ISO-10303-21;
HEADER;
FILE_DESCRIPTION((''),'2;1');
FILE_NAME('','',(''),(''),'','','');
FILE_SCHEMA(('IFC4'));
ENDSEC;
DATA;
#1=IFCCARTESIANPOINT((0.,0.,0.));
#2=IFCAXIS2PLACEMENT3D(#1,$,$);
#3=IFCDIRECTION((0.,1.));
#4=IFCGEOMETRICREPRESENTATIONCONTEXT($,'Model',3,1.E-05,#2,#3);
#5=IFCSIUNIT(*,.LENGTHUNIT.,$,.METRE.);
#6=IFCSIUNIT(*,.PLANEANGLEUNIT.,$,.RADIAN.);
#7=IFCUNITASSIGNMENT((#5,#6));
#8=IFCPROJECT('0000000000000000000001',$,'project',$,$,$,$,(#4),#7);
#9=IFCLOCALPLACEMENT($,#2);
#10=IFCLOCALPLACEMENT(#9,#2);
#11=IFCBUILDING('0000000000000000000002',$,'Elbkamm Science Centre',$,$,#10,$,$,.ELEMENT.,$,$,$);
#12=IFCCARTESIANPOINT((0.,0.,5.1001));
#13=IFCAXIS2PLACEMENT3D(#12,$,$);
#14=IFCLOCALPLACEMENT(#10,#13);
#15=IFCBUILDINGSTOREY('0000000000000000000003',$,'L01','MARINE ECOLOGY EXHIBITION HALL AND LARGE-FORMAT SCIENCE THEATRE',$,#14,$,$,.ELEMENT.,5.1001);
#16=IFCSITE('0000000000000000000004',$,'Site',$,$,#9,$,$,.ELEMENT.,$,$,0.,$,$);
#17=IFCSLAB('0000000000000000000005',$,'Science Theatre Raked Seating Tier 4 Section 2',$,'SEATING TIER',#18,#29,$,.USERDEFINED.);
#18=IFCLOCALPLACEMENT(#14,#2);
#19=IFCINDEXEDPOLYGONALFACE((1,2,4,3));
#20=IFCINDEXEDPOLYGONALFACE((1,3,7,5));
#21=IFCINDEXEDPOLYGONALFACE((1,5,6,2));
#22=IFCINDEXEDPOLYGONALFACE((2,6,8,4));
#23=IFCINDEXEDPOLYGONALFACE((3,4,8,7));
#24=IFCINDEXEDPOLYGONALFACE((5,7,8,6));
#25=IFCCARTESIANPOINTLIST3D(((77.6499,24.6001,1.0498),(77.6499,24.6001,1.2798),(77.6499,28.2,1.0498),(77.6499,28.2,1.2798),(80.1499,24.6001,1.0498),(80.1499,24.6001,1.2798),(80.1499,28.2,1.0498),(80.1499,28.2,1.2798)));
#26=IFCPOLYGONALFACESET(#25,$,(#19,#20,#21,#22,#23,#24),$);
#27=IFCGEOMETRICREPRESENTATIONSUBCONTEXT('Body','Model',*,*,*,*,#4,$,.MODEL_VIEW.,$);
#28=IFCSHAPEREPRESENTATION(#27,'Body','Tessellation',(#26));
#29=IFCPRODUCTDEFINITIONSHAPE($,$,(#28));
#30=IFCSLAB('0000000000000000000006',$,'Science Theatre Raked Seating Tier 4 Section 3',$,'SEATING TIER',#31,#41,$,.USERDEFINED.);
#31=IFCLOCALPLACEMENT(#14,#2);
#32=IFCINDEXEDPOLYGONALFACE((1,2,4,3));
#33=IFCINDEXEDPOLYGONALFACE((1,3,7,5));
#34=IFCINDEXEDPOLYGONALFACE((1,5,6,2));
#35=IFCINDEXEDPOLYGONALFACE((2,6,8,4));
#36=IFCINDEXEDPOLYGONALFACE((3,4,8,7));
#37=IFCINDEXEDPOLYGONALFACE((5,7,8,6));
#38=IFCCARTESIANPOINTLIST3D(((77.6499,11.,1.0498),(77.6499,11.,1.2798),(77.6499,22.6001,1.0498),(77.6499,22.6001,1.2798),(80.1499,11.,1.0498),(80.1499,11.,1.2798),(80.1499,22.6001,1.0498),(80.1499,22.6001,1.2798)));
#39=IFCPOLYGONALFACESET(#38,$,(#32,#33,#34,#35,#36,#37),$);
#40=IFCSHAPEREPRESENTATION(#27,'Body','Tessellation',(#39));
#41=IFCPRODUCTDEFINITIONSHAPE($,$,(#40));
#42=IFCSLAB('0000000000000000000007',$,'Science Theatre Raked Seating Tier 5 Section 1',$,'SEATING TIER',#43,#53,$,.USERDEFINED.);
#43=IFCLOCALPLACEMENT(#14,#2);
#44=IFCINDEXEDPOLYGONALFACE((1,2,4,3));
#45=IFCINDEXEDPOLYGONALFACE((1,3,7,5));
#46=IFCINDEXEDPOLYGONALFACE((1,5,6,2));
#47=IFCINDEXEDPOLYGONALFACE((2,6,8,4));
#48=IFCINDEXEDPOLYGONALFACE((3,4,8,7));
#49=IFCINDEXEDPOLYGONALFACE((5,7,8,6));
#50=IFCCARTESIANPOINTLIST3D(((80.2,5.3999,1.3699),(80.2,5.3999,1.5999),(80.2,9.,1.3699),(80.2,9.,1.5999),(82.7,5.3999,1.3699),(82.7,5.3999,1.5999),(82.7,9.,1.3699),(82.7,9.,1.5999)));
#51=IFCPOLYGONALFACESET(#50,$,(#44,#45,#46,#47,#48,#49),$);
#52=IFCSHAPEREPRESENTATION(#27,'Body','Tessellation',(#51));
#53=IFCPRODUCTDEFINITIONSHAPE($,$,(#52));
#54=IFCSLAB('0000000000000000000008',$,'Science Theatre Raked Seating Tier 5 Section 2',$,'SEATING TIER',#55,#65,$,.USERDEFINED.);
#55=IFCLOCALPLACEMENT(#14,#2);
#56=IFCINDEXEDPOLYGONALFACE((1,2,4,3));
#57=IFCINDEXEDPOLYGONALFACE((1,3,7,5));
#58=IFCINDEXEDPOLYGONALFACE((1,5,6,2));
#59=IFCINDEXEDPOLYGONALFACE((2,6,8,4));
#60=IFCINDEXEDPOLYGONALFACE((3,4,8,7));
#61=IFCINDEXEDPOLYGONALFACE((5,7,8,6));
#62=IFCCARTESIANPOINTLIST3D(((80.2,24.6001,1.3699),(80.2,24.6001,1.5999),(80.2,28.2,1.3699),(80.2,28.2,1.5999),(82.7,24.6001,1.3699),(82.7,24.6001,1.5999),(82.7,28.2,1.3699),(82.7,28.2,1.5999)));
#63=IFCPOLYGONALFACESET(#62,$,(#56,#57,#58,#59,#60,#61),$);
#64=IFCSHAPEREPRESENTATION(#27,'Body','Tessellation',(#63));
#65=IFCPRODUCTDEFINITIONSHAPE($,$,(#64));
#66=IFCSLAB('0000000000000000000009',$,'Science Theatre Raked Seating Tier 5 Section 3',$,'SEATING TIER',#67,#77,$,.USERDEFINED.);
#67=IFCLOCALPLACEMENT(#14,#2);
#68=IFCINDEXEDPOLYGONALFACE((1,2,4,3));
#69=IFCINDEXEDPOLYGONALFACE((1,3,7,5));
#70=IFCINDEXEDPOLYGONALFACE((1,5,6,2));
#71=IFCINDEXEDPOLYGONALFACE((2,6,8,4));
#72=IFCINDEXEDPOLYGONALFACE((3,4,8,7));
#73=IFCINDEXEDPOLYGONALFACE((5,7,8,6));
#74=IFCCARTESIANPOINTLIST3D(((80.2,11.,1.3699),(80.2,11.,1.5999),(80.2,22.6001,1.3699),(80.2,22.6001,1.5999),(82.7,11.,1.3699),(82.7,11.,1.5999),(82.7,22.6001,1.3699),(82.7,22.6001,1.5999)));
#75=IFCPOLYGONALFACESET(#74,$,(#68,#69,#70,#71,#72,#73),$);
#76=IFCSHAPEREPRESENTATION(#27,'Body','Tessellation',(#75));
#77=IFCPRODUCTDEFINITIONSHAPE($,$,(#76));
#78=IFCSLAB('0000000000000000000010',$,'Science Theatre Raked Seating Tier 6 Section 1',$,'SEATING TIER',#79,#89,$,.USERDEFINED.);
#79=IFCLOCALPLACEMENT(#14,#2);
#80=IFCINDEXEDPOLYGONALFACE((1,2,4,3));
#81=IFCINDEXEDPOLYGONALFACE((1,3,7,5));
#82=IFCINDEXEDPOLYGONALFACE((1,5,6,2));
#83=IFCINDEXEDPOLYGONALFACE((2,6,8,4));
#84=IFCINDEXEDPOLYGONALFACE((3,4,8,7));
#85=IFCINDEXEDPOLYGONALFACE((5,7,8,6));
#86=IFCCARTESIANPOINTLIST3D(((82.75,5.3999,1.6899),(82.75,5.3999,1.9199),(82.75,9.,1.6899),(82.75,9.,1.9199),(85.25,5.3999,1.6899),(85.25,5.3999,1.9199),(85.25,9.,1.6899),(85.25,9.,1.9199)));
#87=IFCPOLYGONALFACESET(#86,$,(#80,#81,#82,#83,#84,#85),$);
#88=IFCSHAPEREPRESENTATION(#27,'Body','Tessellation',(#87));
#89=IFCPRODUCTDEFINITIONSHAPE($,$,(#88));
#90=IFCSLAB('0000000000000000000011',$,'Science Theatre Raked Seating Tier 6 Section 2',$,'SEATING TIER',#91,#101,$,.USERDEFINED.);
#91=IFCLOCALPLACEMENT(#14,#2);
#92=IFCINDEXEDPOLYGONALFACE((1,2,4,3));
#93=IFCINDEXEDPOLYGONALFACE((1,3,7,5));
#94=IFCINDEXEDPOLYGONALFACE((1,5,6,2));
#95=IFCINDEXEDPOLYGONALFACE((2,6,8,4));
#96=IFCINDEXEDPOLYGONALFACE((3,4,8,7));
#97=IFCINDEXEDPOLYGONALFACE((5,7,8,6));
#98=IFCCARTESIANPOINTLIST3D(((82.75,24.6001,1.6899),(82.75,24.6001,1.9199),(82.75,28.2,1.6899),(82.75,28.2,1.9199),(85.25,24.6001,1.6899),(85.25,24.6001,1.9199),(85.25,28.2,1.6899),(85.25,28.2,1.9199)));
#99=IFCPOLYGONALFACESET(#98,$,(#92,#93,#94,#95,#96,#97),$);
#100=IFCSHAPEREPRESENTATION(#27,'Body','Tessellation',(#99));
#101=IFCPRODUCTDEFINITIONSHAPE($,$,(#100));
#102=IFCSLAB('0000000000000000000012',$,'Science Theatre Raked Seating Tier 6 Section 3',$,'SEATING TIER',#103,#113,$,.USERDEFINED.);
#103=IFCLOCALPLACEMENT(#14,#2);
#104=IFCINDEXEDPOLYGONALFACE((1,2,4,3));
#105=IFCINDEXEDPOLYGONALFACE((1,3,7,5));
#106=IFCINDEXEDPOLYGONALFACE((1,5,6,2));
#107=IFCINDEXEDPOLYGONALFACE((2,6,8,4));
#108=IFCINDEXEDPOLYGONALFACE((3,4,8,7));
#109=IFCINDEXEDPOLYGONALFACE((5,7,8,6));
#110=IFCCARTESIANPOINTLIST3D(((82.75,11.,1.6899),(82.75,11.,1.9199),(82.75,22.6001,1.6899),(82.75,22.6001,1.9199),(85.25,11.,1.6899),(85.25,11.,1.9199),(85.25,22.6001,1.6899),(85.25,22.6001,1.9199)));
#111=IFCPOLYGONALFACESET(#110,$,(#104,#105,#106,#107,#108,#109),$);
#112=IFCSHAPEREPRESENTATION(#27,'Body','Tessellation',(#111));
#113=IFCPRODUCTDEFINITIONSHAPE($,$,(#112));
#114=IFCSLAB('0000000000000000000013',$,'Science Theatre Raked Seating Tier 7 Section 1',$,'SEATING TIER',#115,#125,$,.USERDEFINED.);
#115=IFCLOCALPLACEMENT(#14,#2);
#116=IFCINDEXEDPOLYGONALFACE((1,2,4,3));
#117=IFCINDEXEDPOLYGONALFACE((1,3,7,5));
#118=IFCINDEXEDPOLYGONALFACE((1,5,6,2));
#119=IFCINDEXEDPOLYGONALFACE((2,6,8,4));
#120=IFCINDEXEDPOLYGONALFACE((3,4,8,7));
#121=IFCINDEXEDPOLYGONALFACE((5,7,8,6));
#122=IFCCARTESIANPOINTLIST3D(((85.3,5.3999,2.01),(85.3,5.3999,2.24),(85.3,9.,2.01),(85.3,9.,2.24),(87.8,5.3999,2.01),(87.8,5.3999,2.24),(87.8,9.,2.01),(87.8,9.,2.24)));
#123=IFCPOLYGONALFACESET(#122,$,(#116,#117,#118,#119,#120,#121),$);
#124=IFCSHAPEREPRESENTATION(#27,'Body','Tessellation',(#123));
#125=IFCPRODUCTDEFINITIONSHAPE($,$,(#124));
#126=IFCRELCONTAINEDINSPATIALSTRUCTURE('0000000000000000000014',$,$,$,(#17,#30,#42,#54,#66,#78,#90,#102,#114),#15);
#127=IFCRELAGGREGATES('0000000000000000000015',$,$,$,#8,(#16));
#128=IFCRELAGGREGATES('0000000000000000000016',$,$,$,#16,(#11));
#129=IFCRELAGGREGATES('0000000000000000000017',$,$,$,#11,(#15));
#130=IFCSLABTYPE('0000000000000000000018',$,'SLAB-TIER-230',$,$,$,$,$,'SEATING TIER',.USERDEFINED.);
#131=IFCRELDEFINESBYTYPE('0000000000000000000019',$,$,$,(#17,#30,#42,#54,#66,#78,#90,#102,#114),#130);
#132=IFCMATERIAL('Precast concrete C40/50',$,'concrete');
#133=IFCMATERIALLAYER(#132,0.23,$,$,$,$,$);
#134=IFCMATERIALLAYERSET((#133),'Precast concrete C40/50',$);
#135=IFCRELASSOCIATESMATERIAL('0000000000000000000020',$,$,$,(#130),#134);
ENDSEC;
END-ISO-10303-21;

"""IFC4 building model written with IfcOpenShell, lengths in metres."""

from ifc_helpers import new_model, si_unit, direction, frame, origin, place, context, subcontext, project, spatial, polyline, outline, extrude, material, layer, layer_set, type_object, element, save


model = new_model("IFC4")

# Units and contexts
model_context = context("Model", 3, precision=1e-05, world=origin(), true_north=direction((0.0, 1.0)))
body_context = subcontext(model_context, "Body", "Model", "MODEL_VIEW")
ifc_project = project(units=[si_unit("LENGTHUNIT", "METRE"), si_unit("PLANEANGLEUNIT", "RADIAN")], contexts=[model_context])

# Site, building, storey
site_placement = place(None, origin())
site = spatial("IfcSite", under=ifc_project, at=site_placement, Name="Site", CompositionType="ELEMENT", RefElevation=0.0)
building_placement = place(site_placement, origin())
building = spatial("IfcBuilding", under=site, at=building_placement, Name="Elbkamm Science Centre", CompositionType="ELEMENT")
storey_placement = place(building_placement, frame((0.0, 0.0, 5.1001)))
storey = spatial("IfcBuildingStorey", under=building, at=storey_placement, Name="L01", Description="MARINE ECOLOGY EXHIBITION HALL AND LARGE-FORMAT SCIENCE THEATRE", CompositionType="ELEMENT", Elevation=5.1001)

# Slabs
ifc_material_1 = material(Name="Precast concrete C40/50", Category="concrete")
ifc_layer_1 = layer(ifc_material_1, 0.23)
ifc_layer_set_1 = layer_set([ifc_layer_1], Name="Precast concrete C40/50")
slab_type_1 = type_object("IfcSlabType", Name="SLAB-TIER-230", ElementType="SEATING TIER", PredefinedType="USERDEFINED", material=ifc_layer_set_1)
slab_1_placement = place(storey_placement, frame((0.0, 0.0, 1.0498)))
element("IfcSlab", 1, at=slab_1_placement, inside=storey, type_object=slab_type_1, Name="Science Theatre Raked Seating Tier 4 Section 2", ObjectType="SEATING TIER", PredefinedType="USERDEFINED", context=body_context, shape_type="SweptSolid", body=[
    extrude(outline(polyline([(80.1499, 28.2), (80.1499, 24.6001), (77.6499, 24.6001), (77.6499, 28.2), (80.1499, 28.2)])), origin(), (0.0, 0.0, 1.0), 0.23),
])
slab_2_placement = place(storey_placement, frame((0.0, 0.0, 1.0498)))
element("IfcSlab", 2, at=slab_2_placement, inside=storey, type_object=slab_type_1, Name="Science Theatre Raked Seating Tier 4 Section 3", ObjectType="SEATING TIER", PredefinedType="USERDEFINED", context=body_context, shape_type="SweptSolid", body=[
    extrude(outline(polyline([(80.1499, 11.0), (77.6499, 11.0), (77.6499, 22.6001), (80.1499, 22.6001), (80.1499, 11.0)])), origin(), (0.0, 0.0, 1.0), 0.23),
])
slab_3_placement = place(storey_placement, frame((0.0, 0.0, 1.3699)))
element("IfcSlab", 3, at=slab_3_placement, inside=storey, type_object=slab_type_1, Name="Science Theatre Raked Seating Tier 5 Section 1", ObjectType="SEATING TIER", PredefinedType="USERDEFINED", context=body_context, shape_type="SweptSolid", body=[
    extrude(outline(polyline([(80.2, 5.3999), (80.2, 9.0), (82.7, 9.0), (82.7, 5.3999), (80.2, 5.3999)])), origin(), (0.0, 0.0, 1.0), 0.23),
])
slab_4_placement = place(storey_placement, frame((0.0, 0.0, 1.3699)))
element("IfcSlab", 4, at=slab_4_placement, inside=storey, type_object=slab_type_1, Name="Science Theatre Raked Seating Tier 5 Section 2", ObjectType="SEATING TIER", PredefinedType="USERDEFINED", context=body_context, shape_type="SweptSolid", body=[
    extrude(outline(polyline([(82.7, 28.2), (82.7, 24.6001), (80.2, 24.6001), (80.2, 28.2), (82.7, 28.2)])), origin(), (0.0, 0.0, 1.0), 0.23),
])
slab_5_placement = place(storey_placement, frame((0.0, 0.0, 1.3699)))
element("IfcSlab", 5, at=slab_5_placement, inside=storey, type_object=slab_type_1, Name="Science Theatre Raked Seating Tier 5 Section 3", ObjectType="SEATING TIER", PredefinedType="USERDEFINED", context=body_context, shape_type="SweptSolid", body=[
    extrude(outline(polyline([(82.7, 11.0), (80.2, 11.0), (80.2, 22.6001), (82.7, 22.6001), (82.7, 11.0)])), origin(), (0.0, 0.0, 1.0), 0.23),
])
slab_6_placement = place(storey_placement, frame((0.0, 0.0, 1.6899)))
element("IfcSlab", 6, at=slab_6_placement, inside=storey, type_object=slab_type_1, Name="Science Theatre Raked Seating Tier 6 Section 1", ObjectType="SEATING TIER", PredefinedType="USERDEFINED", context=body_context, shape_type="SweptSolid", body=[
    extrude(outline(polyline([(82.75, 5.3999), (82.75, 9.0), (85.25, 9.0), (85.25, 5.3999), (82.75, 5.3999)])), origin(), (0.0, 0.0, 1.0), 0.23),
])
slab_7_placement = place(storey_placement, frame((0.0, 0.0, 1.6899)))
element("IfcSlab", 7, at=slab_7_placement, inside=storey, type_object=slab_type_1, Name="Science Theatre Raked Seating Tier 6 Section 2", ObjectType="SEATING TIER", PredefinedType="USERDEFINED", context=body_context, shape_type="SweptSolid", body=[
    extrude(outline(polyline([(85.25, 28.2), (85.25, 24.6001), (82.75, 24.6001), (82.75, 28.2), (85.25, 28.2)])), origin(), (0.0, 0.0, 1.0), 0.23),
])
slab_8_placement = place(storey_placement, frame((0.0, 0.0, 1.6899)))
element("IfcSlab", 8, at=slab_8_placement, inside=storey, type_object=slab_type_1, Name="Science Theatre Raked Seating Tier 6 Section 3", ObjectType="SEATING TIER", PredefinedType="USERDEFINED", context=body_context, shape_type="SweptSolid", body=[
    extrude(outline(polyline([(85.25, 11.0), (82.75, 11.0), (82.75, 22.6001), (85.25, 22.6001), (85.25, 11.0)])), origin(), (0.0, 0.0, 1.0), 0.23),
])
slab_9_placement = place(storey_placement, frame((0.0, 0.0, 2.01)))
element("IfcSlab", 9, at=slab_9_placement, inside=storey, type_object=slab_type_1, Name="Science Theatre Raked Seating Tier 7 Section 1", ObjectType="SEATING TIER", PredefinedType="USERDEFINED", context=body_context, shape_type="SweptSolid", body=[
    extrude(outline(polyline([(85.3, 5.3999), (85.3, 9.0), (87.8, 9.0), (87.8, 5.3999), (85.3, 5.3999)])), origin(), (0.0, 0.0, 1.0), 0.23),
])

save(model, "model.ifc")
